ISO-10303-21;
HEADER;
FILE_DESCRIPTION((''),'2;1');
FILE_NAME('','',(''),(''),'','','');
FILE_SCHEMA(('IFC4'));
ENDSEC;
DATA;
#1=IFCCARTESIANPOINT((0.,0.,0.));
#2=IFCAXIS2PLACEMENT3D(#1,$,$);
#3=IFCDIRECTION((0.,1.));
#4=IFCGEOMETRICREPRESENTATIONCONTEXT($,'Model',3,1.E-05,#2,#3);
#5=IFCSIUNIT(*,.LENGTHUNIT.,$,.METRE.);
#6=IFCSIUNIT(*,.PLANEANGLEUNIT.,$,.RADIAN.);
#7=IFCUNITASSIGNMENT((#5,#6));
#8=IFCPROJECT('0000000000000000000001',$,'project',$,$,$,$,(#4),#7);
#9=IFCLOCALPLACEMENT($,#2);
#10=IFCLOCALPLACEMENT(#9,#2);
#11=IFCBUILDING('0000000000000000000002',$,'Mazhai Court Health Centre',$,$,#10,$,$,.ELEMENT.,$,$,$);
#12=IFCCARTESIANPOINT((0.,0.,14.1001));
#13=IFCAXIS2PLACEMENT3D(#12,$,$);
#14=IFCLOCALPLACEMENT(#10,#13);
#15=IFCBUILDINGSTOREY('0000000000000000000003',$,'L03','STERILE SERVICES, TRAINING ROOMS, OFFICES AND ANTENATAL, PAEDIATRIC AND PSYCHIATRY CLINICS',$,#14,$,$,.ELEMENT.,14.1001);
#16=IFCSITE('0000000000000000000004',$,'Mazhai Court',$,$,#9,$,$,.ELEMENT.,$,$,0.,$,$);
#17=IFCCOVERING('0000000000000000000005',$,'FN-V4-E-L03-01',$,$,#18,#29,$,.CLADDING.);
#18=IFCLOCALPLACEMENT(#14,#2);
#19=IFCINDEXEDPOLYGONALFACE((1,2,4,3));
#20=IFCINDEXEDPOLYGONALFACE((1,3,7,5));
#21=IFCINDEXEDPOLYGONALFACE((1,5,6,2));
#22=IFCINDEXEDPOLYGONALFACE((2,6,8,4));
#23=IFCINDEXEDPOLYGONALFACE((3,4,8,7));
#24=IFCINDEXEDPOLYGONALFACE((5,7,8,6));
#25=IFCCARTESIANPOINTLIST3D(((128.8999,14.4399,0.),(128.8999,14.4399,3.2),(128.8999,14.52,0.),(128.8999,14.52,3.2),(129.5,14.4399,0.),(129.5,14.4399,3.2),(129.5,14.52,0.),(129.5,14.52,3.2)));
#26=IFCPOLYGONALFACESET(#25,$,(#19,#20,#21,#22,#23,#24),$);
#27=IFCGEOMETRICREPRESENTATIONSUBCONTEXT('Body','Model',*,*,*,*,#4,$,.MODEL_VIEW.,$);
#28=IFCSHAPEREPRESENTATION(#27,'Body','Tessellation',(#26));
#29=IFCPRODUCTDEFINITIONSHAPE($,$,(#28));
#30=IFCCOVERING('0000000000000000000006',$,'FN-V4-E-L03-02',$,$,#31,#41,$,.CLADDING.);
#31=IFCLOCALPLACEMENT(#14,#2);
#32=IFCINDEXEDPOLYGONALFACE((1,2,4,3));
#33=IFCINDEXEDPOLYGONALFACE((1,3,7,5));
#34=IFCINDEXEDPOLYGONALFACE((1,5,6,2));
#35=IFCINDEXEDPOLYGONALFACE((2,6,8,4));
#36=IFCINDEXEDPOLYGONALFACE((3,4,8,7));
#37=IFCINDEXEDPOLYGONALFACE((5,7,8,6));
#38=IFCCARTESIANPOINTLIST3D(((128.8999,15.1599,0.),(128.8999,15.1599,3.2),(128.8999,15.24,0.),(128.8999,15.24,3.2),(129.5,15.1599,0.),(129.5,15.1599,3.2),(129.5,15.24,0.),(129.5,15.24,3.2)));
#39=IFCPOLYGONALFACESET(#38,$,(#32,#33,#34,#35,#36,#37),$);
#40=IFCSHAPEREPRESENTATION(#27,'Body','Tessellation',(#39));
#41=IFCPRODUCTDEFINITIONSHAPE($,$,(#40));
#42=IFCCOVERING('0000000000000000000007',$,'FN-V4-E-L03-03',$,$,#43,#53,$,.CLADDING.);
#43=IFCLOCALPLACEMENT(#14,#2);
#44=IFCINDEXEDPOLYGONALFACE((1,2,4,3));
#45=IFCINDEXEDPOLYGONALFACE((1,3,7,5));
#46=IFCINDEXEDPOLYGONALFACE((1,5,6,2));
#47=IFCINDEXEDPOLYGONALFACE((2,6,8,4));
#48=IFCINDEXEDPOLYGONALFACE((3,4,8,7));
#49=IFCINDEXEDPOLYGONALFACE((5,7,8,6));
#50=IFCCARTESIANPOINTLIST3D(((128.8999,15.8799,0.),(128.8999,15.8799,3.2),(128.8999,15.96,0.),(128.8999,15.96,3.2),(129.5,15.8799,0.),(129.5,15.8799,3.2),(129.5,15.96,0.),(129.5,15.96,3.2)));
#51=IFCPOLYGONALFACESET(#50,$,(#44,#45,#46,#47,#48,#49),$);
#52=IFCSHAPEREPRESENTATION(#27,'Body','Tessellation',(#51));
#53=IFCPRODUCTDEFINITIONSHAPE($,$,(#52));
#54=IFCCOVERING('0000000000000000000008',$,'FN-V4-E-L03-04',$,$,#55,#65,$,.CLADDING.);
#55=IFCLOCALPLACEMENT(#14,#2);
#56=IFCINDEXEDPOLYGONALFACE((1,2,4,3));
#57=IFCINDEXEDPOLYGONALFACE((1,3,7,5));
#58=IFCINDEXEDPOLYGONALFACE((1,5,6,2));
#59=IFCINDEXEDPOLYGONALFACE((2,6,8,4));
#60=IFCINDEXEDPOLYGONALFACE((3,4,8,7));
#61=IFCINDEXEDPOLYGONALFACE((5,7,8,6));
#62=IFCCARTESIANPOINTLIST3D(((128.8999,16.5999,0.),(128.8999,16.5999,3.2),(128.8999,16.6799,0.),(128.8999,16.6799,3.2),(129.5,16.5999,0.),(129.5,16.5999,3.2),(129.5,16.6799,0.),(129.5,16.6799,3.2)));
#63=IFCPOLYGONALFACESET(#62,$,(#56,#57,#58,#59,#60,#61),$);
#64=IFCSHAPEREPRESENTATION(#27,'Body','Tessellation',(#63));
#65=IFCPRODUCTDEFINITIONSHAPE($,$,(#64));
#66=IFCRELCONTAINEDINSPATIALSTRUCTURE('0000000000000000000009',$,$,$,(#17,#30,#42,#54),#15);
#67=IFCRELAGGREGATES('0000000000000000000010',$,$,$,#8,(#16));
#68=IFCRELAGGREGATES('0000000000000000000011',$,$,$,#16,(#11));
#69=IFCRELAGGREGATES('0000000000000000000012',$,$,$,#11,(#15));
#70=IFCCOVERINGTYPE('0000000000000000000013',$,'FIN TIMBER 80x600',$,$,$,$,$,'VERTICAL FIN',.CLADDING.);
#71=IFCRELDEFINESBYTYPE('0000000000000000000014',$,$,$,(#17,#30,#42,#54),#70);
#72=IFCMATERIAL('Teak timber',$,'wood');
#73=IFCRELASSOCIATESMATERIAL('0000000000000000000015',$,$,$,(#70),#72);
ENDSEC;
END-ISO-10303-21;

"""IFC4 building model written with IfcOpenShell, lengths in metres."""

from ifc_helpers import new_model, si_unit, direction, frame, origin, origin_2d, place, context, subcontext, project, spatial, rectangle, extrude, material, type_object, element, save


model = new_model("IFC4")

# Units and contexts
model_context = context("Model", 3, precision=1e-05, world=origin(), true_north=direction((0.0, 1.0)))
body_context = subcontext(model_context, "Body", "Model", "MODEL_VIEW")
ifc_project = project(units=[si_unit("LENGTHUNIT", "METRE"), si_unit("PLANEANGLEUNIT", "RADIAN")], contexts=[model_context])

# Site, building, storey
site_placement = place(None, origin())
site = spatial("IfcSite", under=ifc_project, at=site_placement, Name="Mazhai Court", CompositionType="ELEMENT", RefElevation=0.0)
building_placement = place(site_placement, origin())
building = spatial("IfcBuilding", under=site, at=building_placement, Name="Mazhai Court Health Centre", CompositionType="ELEMENT")
storey_placement = place(building_placement, frame((0.0, 0.0, 14.1001)))
storey = spatial("IfcBuildingStorey", under=building, at=storey_placement, Name="L03", Description="STERILE SERVICES, TRAINING ROOMS, OFFICES AND ANTENATAL, PAEDIATRIC AND PSYCHIATRY CLINICS", CompositionType="ELEMENT", Elevation=14.1001)

# Coverings
ifc_material_1 = material(Name="Teak timber", Category="wood")
covering_type = type_object("IfcCoveringType", Name="FIN TIMBER 80x600", ElementType="VERTICAL FIN", PredefinedType="CLADDING", material=ifc_material_1)
for number, where, z_axis, x_axis, name in (
    (1, (129.2, 14.48, 0.0), (0.0, 0.0, 1.0), (0.0, 1.0, 0.0), "FN-V4-E-L03-01"),
    (2, (129.2, 15.2, 0.0), (0.0, 0.0, 1.0), (0.0, 1.0, 0.0), "FN-V4-E-L03-02"),
    (3, (129.2, 15.9199, 0.0), (0.0, 0.0, 1.0), (0.0, 1.0, 0.0), "FN-V4-E-L03-03"),
    (4, (129.2, 16.6399, 0.0), (0.0, 0.0, 1.0), (0.0, 1.0, 0.0), "FN-V4-E-L03-04"),
):
    element("IfcCovering", number, at=place(storey_placement, frame(where, z_axis=z_axis, x_axis=x_axis)), inside=storey, type_object=covering_type, Name=name, PredefinedType="CLADDING", context=body_context, shape_type="SweptSolid", body=[
        extrude(rectangle(XDim=0.0801, YDim=0.6001, at=origin_2d()), origin(), (0.0, 0.0, 1.0), 3.2),
    ])

save(model, "model.ifc")
